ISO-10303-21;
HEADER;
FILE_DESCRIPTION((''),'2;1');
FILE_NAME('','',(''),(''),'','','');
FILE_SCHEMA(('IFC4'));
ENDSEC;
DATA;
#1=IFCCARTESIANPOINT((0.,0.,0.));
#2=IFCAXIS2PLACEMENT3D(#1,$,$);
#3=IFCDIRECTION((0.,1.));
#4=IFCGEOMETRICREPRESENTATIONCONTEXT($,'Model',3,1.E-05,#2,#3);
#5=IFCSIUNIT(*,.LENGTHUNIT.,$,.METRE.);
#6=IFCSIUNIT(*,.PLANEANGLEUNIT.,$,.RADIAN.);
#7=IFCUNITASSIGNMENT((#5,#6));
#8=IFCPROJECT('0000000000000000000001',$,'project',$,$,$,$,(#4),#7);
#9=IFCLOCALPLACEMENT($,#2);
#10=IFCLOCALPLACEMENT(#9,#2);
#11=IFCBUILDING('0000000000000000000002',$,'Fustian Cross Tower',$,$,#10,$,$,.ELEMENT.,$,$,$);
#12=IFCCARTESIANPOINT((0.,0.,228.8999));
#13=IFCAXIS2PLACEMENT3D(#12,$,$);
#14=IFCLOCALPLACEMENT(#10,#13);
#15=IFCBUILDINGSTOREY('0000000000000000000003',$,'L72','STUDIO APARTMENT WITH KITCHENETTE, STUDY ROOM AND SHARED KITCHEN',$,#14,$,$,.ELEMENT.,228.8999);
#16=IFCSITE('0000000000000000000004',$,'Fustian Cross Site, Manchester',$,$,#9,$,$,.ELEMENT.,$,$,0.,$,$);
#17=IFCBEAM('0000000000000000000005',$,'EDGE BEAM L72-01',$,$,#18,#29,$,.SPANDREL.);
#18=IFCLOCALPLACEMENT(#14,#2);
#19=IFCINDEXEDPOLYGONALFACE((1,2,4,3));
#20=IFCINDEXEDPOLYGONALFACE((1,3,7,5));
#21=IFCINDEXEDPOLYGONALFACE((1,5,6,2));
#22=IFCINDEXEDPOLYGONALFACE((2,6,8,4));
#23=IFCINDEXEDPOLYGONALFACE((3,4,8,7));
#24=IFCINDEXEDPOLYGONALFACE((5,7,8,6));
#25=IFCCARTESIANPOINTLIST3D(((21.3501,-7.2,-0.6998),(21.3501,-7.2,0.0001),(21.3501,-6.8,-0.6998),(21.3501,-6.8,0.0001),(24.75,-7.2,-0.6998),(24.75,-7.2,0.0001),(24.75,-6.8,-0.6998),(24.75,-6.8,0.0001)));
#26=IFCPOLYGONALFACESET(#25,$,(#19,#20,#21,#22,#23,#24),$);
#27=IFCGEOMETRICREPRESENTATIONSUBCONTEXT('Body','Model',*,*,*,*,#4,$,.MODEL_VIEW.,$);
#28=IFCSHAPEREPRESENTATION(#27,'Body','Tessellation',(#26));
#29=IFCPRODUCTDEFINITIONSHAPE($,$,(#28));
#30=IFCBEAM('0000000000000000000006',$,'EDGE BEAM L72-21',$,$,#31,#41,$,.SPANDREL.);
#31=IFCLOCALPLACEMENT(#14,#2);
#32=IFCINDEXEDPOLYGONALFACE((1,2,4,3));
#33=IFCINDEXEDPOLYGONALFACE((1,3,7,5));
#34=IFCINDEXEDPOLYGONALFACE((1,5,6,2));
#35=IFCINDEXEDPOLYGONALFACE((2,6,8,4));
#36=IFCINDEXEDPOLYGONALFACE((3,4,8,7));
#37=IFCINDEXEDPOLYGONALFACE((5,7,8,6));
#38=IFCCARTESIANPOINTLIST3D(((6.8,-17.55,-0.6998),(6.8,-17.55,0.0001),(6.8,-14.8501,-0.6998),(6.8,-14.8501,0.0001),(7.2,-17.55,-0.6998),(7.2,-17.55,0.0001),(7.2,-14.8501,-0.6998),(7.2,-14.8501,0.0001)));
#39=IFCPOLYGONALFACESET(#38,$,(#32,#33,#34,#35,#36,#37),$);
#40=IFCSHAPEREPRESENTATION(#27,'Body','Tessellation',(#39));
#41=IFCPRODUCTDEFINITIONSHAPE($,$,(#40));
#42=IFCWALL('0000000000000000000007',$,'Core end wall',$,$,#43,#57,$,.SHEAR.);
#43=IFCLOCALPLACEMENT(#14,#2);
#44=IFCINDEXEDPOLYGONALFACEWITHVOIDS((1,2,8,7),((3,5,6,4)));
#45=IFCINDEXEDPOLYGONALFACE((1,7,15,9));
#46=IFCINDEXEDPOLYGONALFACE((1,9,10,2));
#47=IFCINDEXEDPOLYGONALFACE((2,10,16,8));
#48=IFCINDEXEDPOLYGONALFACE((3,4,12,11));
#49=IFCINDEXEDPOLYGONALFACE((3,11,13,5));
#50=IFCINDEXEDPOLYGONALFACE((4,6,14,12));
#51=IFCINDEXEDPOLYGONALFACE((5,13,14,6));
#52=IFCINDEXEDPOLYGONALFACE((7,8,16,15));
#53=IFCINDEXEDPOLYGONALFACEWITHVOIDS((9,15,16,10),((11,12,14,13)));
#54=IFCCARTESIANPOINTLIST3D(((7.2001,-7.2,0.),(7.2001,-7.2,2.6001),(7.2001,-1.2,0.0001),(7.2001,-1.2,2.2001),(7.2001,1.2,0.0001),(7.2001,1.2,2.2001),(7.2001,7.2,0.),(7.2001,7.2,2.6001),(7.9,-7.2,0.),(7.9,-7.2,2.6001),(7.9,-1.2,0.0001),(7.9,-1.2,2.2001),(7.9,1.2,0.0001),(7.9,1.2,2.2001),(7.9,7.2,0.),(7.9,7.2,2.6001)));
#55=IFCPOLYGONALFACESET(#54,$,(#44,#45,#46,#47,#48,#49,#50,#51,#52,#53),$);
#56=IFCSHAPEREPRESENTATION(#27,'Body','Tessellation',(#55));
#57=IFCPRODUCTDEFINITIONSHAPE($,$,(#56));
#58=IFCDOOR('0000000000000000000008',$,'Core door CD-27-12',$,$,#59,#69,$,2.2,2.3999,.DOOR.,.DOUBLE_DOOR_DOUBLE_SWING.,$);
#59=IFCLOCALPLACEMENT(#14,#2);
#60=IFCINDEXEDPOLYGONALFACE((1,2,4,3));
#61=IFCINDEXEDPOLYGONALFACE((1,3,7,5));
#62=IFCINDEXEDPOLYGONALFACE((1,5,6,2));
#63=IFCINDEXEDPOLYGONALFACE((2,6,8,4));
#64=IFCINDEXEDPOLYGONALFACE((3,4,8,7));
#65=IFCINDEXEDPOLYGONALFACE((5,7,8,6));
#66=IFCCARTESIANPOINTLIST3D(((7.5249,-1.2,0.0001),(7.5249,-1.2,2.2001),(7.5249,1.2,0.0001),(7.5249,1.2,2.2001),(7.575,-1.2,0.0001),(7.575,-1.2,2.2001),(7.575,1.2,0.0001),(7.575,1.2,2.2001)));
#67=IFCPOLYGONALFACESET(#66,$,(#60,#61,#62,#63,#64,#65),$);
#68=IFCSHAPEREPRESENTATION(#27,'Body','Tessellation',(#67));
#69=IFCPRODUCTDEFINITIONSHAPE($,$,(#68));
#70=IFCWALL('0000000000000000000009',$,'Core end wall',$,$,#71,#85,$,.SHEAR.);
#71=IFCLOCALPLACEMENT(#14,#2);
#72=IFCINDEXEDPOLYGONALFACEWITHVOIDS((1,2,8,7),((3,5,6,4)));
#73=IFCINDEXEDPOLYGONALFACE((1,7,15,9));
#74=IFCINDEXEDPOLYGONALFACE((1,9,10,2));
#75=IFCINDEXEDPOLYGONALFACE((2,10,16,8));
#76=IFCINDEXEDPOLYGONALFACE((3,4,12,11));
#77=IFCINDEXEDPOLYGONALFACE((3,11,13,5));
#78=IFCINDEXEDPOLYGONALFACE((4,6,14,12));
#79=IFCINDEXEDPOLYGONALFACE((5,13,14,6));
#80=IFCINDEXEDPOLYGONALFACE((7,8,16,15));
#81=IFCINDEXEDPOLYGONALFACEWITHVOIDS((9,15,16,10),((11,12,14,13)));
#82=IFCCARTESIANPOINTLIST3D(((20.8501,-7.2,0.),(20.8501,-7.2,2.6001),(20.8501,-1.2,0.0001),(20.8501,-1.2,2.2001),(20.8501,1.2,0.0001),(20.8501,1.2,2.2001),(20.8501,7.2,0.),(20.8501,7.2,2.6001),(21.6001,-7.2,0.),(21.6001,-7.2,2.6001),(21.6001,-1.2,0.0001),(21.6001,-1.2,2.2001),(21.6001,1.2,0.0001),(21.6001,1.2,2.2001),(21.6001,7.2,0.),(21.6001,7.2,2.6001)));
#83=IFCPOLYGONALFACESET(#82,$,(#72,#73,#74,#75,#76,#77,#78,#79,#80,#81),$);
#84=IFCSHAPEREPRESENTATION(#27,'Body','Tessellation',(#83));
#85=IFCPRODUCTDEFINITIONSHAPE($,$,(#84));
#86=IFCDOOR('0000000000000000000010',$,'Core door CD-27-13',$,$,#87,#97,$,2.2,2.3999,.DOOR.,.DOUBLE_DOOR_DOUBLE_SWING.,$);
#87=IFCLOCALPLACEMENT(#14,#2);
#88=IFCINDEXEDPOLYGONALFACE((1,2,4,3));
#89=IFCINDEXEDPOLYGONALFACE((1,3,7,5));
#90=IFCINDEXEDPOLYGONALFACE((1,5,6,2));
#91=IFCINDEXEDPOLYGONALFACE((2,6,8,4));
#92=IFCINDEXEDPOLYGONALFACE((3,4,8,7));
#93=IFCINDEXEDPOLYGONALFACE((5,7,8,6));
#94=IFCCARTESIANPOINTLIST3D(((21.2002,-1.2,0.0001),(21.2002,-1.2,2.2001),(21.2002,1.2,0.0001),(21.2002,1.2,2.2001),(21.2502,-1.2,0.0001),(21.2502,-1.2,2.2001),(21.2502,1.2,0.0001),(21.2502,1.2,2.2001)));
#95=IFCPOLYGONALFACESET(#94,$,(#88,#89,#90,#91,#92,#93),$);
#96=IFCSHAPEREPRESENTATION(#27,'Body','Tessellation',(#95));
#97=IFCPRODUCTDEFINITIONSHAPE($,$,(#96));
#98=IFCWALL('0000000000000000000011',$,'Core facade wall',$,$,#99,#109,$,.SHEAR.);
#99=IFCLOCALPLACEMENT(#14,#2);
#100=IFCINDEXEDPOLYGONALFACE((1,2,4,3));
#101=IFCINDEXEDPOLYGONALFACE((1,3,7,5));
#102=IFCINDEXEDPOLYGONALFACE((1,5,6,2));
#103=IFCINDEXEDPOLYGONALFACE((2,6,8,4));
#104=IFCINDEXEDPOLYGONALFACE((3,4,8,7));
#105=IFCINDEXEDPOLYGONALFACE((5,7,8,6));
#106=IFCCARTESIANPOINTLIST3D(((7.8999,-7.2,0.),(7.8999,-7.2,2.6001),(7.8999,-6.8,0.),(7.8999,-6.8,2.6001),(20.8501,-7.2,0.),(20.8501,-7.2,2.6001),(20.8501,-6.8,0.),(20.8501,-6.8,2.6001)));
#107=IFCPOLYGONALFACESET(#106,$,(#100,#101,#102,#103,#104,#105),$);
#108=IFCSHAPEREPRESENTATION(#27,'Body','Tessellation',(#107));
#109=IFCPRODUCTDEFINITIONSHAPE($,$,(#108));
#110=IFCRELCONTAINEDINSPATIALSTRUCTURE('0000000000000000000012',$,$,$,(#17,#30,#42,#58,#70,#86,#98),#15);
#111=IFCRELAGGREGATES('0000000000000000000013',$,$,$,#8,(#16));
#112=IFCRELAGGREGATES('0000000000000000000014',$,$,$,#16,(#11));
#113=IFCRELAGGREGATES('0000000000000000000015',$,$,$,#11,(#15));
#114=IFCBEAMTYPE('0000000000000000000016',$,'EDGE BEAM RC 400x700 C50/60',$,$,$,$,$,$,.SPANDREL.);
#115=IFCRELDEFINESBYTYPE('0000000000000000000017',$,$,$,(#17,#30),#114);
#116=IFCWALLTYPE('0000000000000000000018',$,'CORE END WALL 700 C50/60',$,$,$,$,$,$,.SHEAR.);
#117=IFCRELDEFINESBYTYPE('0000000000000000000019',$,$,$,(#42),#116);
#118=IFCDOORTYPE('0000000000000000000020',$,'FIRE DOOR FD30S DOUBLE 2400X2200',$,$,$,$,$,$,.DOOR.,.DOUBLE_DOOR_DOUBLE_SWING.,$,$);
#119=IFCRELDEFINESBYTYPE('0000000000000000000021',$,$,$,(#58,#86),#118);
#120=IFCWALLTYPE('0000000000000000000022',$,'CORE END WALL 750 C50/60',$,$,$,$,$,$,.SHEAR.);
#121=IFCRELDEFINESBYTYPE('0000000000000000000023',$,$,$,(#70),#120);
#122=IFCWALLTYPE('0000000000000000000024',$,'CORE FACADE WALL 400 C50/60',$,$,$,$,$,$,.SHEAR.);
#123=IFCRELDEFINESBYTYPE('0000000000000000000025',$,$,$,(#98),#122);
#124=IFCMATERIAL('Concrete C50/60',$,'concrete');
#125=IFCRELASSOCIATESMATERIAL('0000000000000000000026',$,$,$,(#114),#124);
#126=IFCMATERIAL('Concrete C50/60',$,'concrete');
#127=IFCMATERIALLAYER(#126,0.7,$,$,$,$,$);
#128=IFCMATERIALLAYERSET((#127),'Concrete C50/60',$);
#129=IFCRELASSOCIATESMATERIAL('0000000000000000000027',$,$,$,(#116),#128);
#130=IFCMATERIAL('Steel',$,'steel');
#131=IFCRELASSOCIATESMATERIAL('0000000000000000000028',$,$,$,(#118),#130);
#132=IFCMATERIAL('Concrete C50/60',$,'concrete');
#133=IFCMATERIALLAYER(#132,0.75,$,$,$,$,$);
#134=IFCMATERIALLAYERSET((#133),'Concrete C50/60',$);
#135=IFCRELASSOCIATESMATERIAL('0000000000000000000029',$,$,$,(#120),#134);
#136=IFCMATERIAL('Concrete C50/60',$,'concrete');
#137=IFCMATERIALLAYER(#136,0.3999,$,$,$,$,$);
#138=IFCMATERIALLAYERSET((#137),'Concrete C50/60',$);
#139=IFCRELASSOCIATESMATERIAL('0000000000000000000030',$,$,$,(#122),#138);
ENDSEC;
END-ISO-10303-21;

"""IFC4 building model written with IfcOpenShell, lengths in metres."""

from ifc_helpers import new_model, si_unit, direction, frame, frame_2d, origin, origin_2d, place, context, subcontext, project, spatial, rectangle, extrude, material, layer, layer_set, material_profile, profile_set, type_object, element, fill, save


model = new_model("IFC4")

# Units and contexts
model_context = context("Model", 3, precision=1e-05, world=origin(), true_north=direction((0.0, 1.0)))
body_context = subcontext(model_context, "Body", "Model", "MODEL_VIEW")
ifc_project = project(units=[si_unit("LENGTHUNIT", "METRE"), si_unit("PLANEANGLEUNIT", "RADIAN")], contexts=[model_context])

# Site, building, storey
site_placement = place(None, origin())
site = spatial("IfcSite", under=ifc_project, at=site_placement, Name="Fustian Cross Site, Manchester", CompositionType="ELEMENT", RefElevation=0.0)
building_placement = place(site_placement, origin())
building = spatial("IfcBuilding", under=site, at=building_placement, Name="Fustian Cross Tower", CompositionType="ELEMENT")
storey_placement = place(building_placement, frame((0.0, 0.0, 228.8999)))
storey = spatial("IfcBuildingStorey", under=building, at=storey_placement, Name="L72", Description="STUDIO APARTMENT WITH KITCHENETTE, STUDY ROOM AND SHARED KITCHEN", CompositionType="ELEMENT", Elevation=228.8999)

# Beams
ifc_material_1 = material(Name="Concrete C50/60", Category="concrete")
ifc_material_profile = material_profile(ifc_material_1, rectangle(XDim=0.3999, YDim=0.7, at=origin_2d()), Name="RC 400x700")
ifc_profile_set = profile_set([ifc_material_profile], Name="Concrete C50/60")
beam_type = type_object("IfcBeamType", Name="EDGE BEAM RC 400x700 C50/60", PredefinedType="SPANDREL", material=ifc_profile_set)
beam_1_placement = place(storey_placement, frame((21.3501, -7.0, -0.3499), z_axis=(1.0, 0.0, 0.0), x_axis=(0.0, 1.0, 0.0)))
element("IfcBeam", 1, at=beam_1_placement, inside=storey, type_object=beam_type, Name="EDGE BEAM L72-01", PredefinedType="SPANDREL", context=body_context, shape_type="SweptSolid", body=[
    extrude(rectangle(XDim=0.3999, YDim=0.7, at=origin_2d()), origin(), (0.0, 0.0, 1.0), 3.3999),
])
beam_2_placement = place(storey_placement, frame((7.0, -17.55, -0.3499), z_axis=(0.0, 1.0, 0.0), x_axis=(-1.0, 0.0, 0.0)))
element("IfcBeam", 2, at=beam_2_placement, inside=storey, type_object=beam_type, Name="EDGE BEAM L72-21", PredefinedType="SPANDREL", context=body_context, shape_type="SweptSolid", body=[
    extrude(rectangle(XDim=0.3999, YDim=0.7, at=origin_2d()), origin(), (0.0, 0.0, 1.0), 2.7),
])

# Walls, openings, doors
ifc_material_2 = material(Name="Concrete C50/60", Category="concrete")
ifc_layer_1 = layer(ifc_material_2, 0.7)
ifc_layer_set_1 = layer_set([ifc_layer_1], Name="Concrete C50/60")
wall_type_1 = type_object("IfcWallType", Name="CORE END WALL 700 C50/60", PredefinedType="SHEAR", material=ifc_layer_set_1)
wall_1_placement = place(storey_placement, frame((7.55, -7.2, 0.0), z_axis=(0.0, 0.0, 1.0), x_axis=(0.0, 1.0, 0.0)))
wall_1 = element("IfcWall", 3, at=wall_1_placement, inside=storey, type_object=wall_type_1, Name="Core end wall", PredefinedType="SHEAR", context=body_context, shape_type="SweptSolid", body=[
    extrude(rectangle(XDim=14.3999, YDim=0.7, at=frame_2d((7.2, 0.0))), origin(), (0.0, 0.0, 1.0), 2.6001),
])
opening_1_placement = place(wall_1_placement, frame((6.0, 0.0, 0.0)))
opening_1 = element("IfcOpeningElement", 4, at=opening_1_placement, cuts=wall_1, PredefinedType="OPENING", context=body_context, shape_type="SweptSolid", body=[
    extrude(rectangle(XDim=2.3999, YDim=2.2, at=frame_2d((1.2, 1.1001))), frame((0.0, 0.3599, 0.0), z_axis=(0.0, -1.0, 0.0), x_axis=(1.0, 0.0, 0.0)), (0.0, 0.0, 1.0), 0.72),
])
ifc_material_3 = material(Name="Steel", Category="steel")
door_type_1 = type_object("IfcDoorType", Name="FIRE DOOR FD30S DOUBLE 2400X2200", OperationType="DOUBLE_DOOR_DOUBLE_SWING", PredefinedType="DOOR", material=ifc_material_3)
door_1_placement = place(opening_1_placement, frame((2.3999, 0.0, 0.0), z_axis=(0.0, 0.0, 1.0), x_axis=(-1.0, 0.0, 0.0)))
door_1 = element("IfcDoor", 5, at=door_1_placement, inside=storey, type_object=door_type_1, Name="Core door CD-27-12", OperationType="DOUBLE_DOOR_DOUBLE_SWING", OverallHeight=2.2, OverallWidth=2.3999, PredefinedType="DOOR", context=body_context, shape_type="SweptSolid", body=[
    extrude(rectangle(XDim=2.3999, YDim=2.2, at=frame_2d((1.2, 1.1001))), frame((0.0, 0.0249, 0.0), z_axis=(0.0, -1.0, 0.0), x_axis=(1.0, 0.0, 0.0)), (0.0, 0.0, 1.0), 0.05),
])
fill(opening_1, door_1)
ifc_material_4 = material(Name="Concrete C50/60", Category="concrete")
ifc_layer_2 = layer(ifc_material_4, 0.75)
ifc_layer_set_2 = layer_set([ifc_layer_2], Name="Concrete C50/60")
wall_type_2 = type_object("IfcWallType", Name="CORE END WALL 750 C50/60", PredefinedType="SHEAR", material=ifc_layer_set_2)
wall_2_placement = place(storey_placement, frame((21.2251, -7.2, 0.0), z_axis=(0.0, 0.0, 1.0), x_axis=(0.0, 1.0, 0.0)))
wall_2 = element("IfcWall", 6, at=wall_2_placement, inside=storey, type_object=wall_type_2, Name="Core end wall", PredefinedType="SHEAR", context=body_context, shape_type="SweptSolid", body=[
    extrude(rectangle(XDim=14.3999, YDim=0.75, at=frame_2d((7.2, 0.0))), origin(), (0.0, 0.0, 1.0), 2.6001),
])
opening_2_placement = place(wall_2_placement, frame((6.0, 0.0, 0.0)))
opening_2 = element("IfcOpeningElement", 7, at=opening_2_placement, cuts=wall_2, PredefinedType="OPENING", context=body_context, shape_type="SweptSolid", body=[
    extrude(rectangle(XDim=2.3999, YDim=2.2, at=frame_2d((1.2, 1.1001))), frame((0.0, 0.385, 0.0), z_axis=(0.0, -1.0, 0.0), x_axis=(1.0, 0.0, 0.0)), (0.0, 0.0, 1.0), 0.77),
])
door_2_placement = place(opening_2_placement, origin())
door_2 = element("IfcDoor", 8, at=door_2_placement, inside=storey, type_object=door_type_1, Name="Core door CD-27-13", OperationType="DOUBLE_DOOR_DOUBLE_SWING", OverallHeight=2.2, OverallWidth=2.3999, PredefinedType="DOOR", context=body_context, shape_type="SweptSolid", body=[
    extrude(rectangle(XDim=2.3999, YDim=2.2, at=frame_2d((1.2, 1.1001))), frame((0.0, 0.0249, 0.0), z_axis=(0.0, -1.0, 0.0), x_axis=(1.0, 0.0, 0.0)), (0.0, 0.0, 1.0), 0.05),
])
fill(opening_2, door_2)

# Wall
ifc_material_5 = material(Name="Concrete C50/60", Category="concrete")
ifc_layer_3 = layer(ifc_material_5, 0.3999)
ifc_layer_set_3 = layer_set([ifc_layer_3], Name="Concrete C50/60")
wall_type_3 = type_object("IfcWallType", Name="CORE FACADE WALL 400 C50/60", PredefinedType="SHEAR", material=ifc_layer_set_3)
wall_3_placement = place(storey_placement, frame((7.8999, -7.0, 0.0), z_axis=(0.0, 0.0, 1.0), x_axis=(1.0, 0.0, 0.0)))
element("IfcWall", 9, at=wall_3_placement, inside=storey, type_object=wall_type_3, Name="Core facade wall", PredefinedType="SHEAR", context=body_context, shape_type="SweptSolid", body=[
    extrude(rectangle(XDim=12.9502, YDim=0.3999, at=frame_2d((6.4751, 0.0))), origin(), (0.0, 0.0, 1.0), 2.6001),
])

save(model, "model.ifc")
